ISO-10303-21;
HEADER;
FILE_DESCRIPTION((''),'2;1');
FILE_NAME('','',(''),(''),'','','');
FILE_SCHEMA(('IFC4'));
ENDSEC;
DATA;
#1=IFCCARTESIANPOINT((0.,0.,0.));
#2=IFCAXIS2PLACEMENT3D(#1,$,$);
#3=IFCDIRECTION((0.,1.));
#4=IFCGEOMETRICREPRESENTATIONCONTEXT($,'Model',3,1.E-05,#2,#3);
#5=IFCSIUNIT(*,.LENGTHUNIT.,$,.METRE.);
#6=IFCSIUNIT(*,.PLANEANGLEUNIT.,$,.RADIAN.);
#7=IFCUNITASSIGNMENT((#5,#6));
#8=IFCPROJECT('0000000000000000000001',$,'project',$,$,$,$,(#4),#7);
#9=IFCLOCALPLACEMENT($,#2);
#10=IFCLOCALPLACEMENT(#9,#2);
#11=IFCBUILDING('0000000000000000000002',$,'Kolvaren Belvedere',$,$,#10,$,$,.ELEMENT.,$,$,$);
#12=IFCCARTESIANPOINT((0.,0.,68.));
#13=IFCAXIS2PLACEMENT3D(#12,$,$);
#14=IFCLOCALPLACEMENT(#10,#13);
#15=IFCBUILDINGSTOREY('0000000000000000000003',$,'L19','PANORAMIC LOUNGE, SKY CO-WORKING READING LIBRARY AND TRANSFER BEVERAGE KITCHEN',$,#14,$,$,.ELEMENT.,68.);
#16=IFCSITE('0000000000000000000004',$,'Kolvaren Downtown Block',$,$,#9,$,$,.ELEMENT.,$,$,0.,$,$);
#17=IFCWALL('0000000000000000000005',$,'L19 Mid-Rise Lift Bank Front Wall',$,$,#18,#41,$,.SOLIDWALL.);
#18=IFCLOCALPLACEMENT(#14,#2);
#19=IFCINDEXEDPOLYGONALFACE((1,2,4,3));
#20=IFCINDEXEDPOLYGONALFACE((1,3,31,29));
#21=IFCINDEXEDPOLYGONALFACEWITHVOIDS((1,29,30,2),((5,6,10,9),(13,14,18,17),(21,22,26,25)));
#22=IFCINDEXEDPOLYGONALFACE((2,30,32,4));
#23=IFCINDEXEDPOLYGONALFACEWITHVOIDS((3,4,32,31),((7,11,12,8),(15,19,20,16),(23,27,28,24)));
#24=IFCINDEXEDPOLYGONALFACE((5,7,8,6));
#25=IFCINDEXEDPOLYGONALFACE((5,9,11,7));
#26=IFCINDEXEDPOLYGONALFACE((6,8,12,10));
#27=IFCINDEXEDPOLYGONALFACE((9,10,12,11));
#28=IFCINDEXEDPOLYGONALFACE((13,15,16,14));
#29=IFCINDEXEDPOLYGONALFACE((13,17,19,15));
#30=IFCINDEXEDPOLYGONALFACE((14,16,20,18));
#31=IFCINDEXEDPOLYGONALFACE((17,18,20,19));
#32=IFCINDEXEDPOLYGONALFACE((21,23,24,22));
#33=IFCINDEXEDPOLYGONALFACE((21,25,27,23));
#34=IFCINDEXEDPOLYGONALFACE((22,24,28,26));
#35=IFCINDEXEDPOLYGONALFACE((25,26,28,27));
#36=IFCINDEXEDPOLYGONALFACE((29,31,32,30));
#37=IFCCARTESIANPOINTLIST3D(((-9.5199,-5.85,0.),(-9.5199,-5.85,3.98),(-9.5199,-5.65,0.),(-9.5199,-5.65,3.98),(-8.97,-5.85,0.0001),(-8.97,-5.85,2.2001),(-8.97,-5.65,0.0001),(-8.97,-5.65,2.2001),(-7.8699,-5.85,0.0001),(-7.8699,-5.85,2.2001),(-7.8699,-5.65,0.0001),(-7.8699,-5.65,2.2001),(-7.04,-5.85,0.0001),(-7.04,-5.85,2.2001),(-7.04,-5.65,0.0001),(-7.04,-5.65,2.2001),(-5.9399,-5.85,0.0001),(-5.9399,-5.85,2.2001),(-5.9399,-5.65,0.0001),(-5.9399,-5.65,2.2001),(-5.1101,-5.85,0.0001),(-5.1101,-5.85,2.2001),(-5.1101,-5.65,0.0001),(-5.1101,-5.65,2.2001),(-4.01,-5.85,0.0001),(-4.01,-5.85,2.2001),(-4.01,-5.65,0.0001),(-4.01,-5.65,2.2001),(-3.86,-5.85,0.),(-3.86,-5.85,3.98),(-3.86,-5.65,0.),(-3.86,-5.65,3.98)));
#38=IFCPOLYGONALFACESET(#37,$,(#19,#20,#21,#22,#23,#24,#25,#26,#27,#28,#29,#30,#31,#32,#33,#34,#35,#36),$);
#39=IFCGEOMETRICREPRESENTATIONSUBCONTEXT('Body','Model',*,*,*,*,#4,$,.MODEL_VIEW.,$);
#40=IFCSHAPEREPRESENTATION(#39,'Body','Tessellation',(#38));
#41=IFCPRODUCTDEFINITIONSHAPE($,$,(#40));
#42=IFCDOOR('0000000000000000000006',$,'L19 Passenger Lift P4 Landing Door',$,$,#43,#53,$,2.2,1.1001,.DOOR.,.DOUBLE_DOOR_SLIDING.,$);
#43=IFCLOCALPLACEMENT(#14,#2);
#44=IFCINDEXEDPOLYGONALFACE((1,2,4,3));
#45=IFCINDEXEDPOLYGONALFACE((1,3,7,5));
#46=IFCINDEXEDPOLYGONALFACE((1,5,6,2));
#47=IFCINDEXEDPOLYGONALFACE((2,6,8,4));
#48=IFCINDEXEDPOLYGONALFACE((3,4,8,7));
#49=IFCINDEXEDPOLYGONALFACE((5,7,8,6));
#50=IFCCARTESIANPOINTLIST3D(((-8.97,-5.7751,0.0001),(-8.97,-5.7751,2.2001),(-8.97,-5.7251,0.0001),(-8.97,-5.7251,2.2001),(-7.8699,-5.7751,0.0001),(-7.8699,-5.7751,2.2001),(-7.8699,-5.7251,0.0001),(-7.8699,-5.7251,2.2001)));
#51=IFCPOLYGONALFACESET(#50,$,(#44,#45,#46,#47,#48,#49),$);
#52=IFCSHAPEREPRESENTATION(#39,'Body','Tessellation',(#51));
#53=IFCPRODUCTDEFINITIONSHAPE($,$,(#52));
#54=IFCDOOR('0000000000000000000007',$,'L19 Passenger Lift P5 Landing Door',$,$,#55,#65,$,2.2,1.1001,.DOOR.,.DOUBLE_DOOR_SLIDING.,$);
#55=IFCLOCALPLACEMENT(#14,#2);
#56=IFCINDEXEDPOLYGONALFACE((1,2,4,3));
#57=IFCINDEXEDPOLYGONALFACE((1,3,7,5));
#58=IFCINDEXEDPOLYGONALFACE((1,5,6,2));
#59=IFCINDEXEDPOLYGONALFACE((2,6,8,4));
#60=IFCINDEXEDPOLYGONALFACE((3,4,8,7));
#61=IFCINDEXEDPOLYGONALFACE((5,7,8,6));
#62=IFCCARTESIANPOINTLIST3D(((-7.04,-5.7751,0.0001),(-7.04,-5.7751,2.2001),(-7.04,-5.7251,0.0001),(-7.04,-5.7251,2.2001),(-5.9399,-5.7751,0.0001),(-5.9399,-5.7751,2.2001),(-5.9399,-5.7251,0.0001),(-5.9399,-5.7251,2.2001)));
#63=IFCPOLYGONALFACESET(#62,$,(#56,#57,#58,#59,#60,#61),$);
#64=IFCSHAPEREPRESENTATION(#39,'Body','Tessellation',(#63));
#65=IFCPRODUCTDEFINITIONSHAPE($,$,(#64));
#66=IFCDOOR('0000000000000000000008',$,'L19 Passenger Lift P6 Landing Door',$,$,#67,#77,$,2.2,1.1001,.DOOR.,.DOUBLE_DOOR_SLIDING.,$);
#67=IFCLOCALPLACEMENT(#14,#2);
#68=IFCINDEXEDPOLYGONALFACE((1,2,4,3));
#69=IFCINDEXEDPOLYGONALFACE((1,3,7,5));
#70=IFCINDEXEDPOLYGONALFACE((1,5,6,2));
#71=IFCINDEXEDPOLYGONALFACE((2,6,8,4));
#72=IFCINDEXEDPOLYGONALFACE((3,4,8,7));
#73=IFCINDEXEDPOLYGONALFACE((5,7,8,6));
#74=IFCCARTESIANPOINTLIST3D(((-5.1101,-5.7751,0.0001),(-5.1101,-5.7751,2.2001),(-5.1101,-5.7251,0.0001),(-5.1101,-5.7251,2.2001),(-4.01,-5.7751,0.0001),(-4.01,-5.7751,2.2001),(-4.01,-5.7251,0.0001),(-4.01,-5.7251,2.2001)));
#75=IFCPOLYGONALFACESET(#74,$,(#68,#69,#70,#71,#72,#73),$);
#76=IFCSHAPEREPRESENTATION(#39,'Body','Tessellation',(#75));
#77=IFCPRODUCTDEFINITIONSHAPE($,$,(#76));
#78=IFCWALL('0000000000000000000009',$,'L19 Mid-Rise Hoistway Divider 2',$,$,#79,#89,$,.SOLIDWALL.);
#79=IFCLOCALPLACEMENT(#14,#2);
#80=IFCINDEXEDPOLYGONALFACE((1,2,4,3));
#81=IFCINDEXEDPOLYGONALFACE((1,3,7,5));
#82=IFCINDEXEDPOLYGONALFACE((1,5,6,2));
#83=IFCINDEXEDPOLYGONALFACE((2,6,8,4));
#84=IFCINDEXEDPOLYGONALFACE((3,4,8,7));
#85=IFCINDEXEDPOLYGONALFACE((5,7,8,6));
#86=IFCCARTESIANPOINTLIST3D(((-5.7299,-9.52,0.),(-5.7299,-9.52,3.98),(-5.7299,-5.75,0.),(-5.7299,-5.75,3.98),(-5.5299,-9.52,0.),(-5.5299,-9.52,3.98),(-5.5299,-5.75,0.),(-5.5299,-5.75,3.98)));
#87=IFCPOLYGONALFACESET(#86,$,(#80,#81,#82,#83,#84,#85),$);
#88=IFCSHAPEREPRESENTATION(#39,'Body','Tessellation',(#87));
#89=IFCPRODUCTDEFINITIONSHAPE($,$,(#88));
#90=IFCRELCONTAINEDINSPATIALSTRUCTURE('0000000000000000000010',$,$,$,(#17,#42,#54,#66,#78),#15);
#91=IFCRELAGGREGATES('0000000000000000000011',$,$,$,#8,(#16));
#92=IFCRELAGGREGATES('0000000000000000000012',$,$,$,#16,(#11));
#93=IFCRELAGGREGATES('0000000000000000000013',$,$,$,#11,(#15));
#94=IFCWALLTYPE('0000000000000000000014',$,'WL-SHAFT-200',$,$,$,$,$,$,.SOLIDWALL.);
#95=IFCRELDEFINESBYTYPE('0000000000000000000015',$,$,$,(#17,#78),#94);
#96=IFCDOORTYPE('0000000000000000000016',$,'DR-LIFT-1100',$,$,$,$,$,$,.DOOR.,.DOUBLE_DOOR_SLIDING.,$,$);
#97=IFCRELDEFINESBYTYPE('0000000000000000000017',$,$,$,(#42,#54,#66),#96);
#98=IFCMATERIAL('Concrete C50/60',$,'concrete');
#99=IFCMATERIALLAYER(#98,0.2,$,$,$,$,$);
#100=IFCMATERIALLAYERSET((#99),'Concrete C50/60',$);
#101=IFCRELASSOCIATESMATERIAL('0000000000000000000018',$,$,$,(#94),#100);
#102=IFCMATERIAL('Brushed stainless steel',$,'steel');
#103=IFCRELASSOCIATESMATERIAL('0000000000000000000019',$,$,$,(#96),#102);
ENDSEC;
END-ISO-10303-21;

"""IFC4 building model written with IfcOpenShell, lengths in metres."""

from ifc_helpers import new_model, si_unit, direction, frame, frame_2d, origin, place, context, subcontext, project, spatial, rectangle, extrude, material, layer, layer_set, type_object, element, fill, save


model = new_model("IFC4")

# Units and contexts
model_context = context("Model", 3, precision=1e-05, world=origin(), true_north=direction((0.0, 1.0)))
body_context = subcontext(model_context, "Body", "Model", "MODEL_VIEW")
ifc_project = project(units=[si_unit("LENGTHUNIT", "METRE"), si_unit("PLANEANGLEUNIT", "RADIAN")], contexts=[model_context])

# Site, building, storey
site_placement = place(None, origin())
site = spatial("IfcSite", under=ifc_project, at=site_placement, Name="Kolvaren Downtown Block", CompositionType="ELEMENT", RefElevation=0.0)
building_placement = place(site_placement, origin())
building = spatial("IfcBuilding", under=site, at=building_placement, Name="Kolvaren Belvedere", CompositionType="ELEMENT")
storey_placement = place(building_placement, frame((0.0, 0.0, 68.0)))
storey = spatial("IfcBuildingStorey", under=building, at=storey_placement, Name="L19", Description="PANORAMIC LOUNGE, SKY CO-WORKING READING LIBRARY AND TRANSFER BEVERAGE KITCHEN", CompositionType="ELEMENT", Elevation=68.0)

# Shared definitions
ifc_material_1 = material(Name="Concrete C50/60", Category="concrete")
ifc_layer_1 = layer(ifc_material_1, 0.2)
ifc_layer_set_1 = layer_set([ifc_layer_1], Name="Concrete C50/60")
wall_type_1 = type_object("IfcWallType", Name="WL-SHAFT-200", PredefinedType="SOLIDWALL", material=ifc_layer_set_1)
ifc_material_2 = material(Name="Brushed stainless steel", Category="steel")
door_type_1 = type_object("IfcDoorType", Name="DR-LIFT-1100", OperationType="DOUBLE_DOOR_SLIDING", PredefinedType="DOOR", material=ifc_material_2)

# Wall, openings, doors
wall_1_placement = place(storey_placement, frame((-9.52, -5.75, 0.0), z_axis=(0.0, 0.0, 1.0), x_axis=(1.0, 0.0, 0.0)))
wall_1 = element("IfcWall", 1, at=wall_1_placement, inside=storey, type_object=wall_type_1, Name="L19 Mid-Rise Lift Bank Front Wall", PredefinedType="SOLIDWALL", context=body_context, shape_type="SweptSolid", body=[
    extrude(rectangle(XDim=5.6599, YDim=0.2, at=frame_2d((2.8301, 0.0))), origin(), (0.0, 0.0, 1.0), 3.98),
])
opening_1_placement = place(wall_1_placement, frame((0.55, 0.0, 0.0)))
opening_1 = element("IfcOpeningElement", 2, at=opening_1_placement, cuts=wall_1, PredefinedType="OPENING", context=body_context, shape_type="SweptSolid", body=[
    extrude(rectangle(XDim=1.1001, YDim=2.2, at=frame_2d((0.55, 1.1001))), frame((0.0, 0.1099, 0.0), z_axis=(0.0, -1.0, 0.0), x_axis=(1.0, 0.0, 0.0)), (0.0, 0.0, 1.0), 0.22),
])
opening_2_placement = place(wall_1_placement, frame((2.48, 0.0, 0.0)))
opening_2 = element("IfcOpeningElement", 3, at=opening_2_placement, cuts=wall_1, PredefinedType="OPENING", context=body_context, shape_type="SweptSolid", body=[
    extrude(rectangle(XDim=1.1001, YDim=2.2, at=frame_2d((0.55, 1.1001))), frame((0.0, 0.1099, 0.0), z_axis=(0.0, -1.0, 0.0), x_axis=(1.0, 0.0, 0.0)), (0.0, 0.0, 1.0), 0.22),
])
opening_3_placement = place(wall_1_placement, frame((4.4099, 0.0, 0.0)))
opening_3 = element("IfcOpeningElement", 4, at=opening_3_placement, cuts=wall_1, PredefinedType="OPENING", context=body_context, shape_type="SweptSolid", body=[
    extrude(rectangle(XDim=1.1001, YDim=2.2, at=frame_2d((0.55, 1.1001))), frame((0.0, 0.1099, 0.0), z_axis=(0.0, -1.0, 0.0), x_axis=(1.0, 0.0, 0.0)), (0.0, 0.0, 1.0), 0.22),
])
door_1_placement = place(opening_1_placement, origin())
door_1 = element("IfcDoor", 5, at=door_1_placement, inside=storey, type_object=door_type_1, Name="L19 Passenger Lift P4 Landing Door", OperationType="DOUBLE_DOOR_SLIDING", OverallHeight=2.2, OverallWidth=1.1001, PredefinedType="DOOR", context=body_context, shape_type="SweptSolid", body=[
    extrude(rectangle(XDim=1.1001, YDim=2.2, at=frame_2d((0.55, 1.1001))), frame((0.0, 0.0249, 0.0), z_axis=(0.0, -1.0, 0.0), x_axis=(1.0, 0.0, 0.0)), (0.0, 0.0, 1.0), 0.05),
])
fill(opening_1, door_1)
door_2_placement = place(opening_2_placement, origin())
door_2 = element("IfcDoor", 6, at=door_2_placement, inside=storey, type_object=door_type_1, Name="L19 Passenger Lift P5 Landing Door", OperationType="DOUBLE_DOOR_SLIDING", OverallHeight=2.2, OverallWidth=1.1001, PredefinedType="DOOR", context=body_context, shape_type="SweptSolid", body=[
    extrude(rectangle(XDim=1.1001, YDim=2.2, at=frame_2d((0.55, 1.1001))), frame((0.0, 0.0249, 0.0), z_axis=(0.0, -1.0, 0.0), x_axis=(1.0, 0.0, 0.0)), (0.0, 0.0, 1.0), 0.05),
])
fill(opening_2, door_2)
door_3_placement = place(opening_3_placement, origin())
door_3 = element("IfcDoor", 7, at=door_3_placement, inside=storey, type_object=door_type_1, Name="L19 Passenger Lift P6 Landing Door", OperationType="DOUBLE_DOOR_SLIDING", OverallHeight=2.2, OverallWidth=1.1001, PredefinedType="DOOR", context=body_context, shape_type="SweptSolid", body=[
    extrude(rectangle(XDim=1.1001, YDim=2.2, at=frame_2d((0.55, 1.1001))), frame((0.0, 0.0249, 0.0), z_axis=(0.0, -1.0, 0.0), x_axis=(1.0, 0.0, 0.0)), (0.0, 0.0, 1.0), 0.05),
])
fill(opening_3, door_3)

# Wall
wall_2_placement = place(storey_placement, frame((-5.6299, -9.52, 0.0), z_axis=(0.0, 0.0, 1.0), x_axis=(0.0, 1.0, 0.0)))
element("IfcWall", 8, at=wall_2_placement, inside=storey, type_object=wall_type_1, Name="L19 Mid-Rise Hoistway Divider 2", PredefinedType="SOLIDWALL", context=body_context, shape_type="SweptSolid", body=[
    extrude(rectangle(XDim=3.77, YDim=0.2, at=frame_2d((1.885, 0.0))), origin(), (0.0, 0.0, 1.0), 3.98),
])

save(model, "model.ifc")
